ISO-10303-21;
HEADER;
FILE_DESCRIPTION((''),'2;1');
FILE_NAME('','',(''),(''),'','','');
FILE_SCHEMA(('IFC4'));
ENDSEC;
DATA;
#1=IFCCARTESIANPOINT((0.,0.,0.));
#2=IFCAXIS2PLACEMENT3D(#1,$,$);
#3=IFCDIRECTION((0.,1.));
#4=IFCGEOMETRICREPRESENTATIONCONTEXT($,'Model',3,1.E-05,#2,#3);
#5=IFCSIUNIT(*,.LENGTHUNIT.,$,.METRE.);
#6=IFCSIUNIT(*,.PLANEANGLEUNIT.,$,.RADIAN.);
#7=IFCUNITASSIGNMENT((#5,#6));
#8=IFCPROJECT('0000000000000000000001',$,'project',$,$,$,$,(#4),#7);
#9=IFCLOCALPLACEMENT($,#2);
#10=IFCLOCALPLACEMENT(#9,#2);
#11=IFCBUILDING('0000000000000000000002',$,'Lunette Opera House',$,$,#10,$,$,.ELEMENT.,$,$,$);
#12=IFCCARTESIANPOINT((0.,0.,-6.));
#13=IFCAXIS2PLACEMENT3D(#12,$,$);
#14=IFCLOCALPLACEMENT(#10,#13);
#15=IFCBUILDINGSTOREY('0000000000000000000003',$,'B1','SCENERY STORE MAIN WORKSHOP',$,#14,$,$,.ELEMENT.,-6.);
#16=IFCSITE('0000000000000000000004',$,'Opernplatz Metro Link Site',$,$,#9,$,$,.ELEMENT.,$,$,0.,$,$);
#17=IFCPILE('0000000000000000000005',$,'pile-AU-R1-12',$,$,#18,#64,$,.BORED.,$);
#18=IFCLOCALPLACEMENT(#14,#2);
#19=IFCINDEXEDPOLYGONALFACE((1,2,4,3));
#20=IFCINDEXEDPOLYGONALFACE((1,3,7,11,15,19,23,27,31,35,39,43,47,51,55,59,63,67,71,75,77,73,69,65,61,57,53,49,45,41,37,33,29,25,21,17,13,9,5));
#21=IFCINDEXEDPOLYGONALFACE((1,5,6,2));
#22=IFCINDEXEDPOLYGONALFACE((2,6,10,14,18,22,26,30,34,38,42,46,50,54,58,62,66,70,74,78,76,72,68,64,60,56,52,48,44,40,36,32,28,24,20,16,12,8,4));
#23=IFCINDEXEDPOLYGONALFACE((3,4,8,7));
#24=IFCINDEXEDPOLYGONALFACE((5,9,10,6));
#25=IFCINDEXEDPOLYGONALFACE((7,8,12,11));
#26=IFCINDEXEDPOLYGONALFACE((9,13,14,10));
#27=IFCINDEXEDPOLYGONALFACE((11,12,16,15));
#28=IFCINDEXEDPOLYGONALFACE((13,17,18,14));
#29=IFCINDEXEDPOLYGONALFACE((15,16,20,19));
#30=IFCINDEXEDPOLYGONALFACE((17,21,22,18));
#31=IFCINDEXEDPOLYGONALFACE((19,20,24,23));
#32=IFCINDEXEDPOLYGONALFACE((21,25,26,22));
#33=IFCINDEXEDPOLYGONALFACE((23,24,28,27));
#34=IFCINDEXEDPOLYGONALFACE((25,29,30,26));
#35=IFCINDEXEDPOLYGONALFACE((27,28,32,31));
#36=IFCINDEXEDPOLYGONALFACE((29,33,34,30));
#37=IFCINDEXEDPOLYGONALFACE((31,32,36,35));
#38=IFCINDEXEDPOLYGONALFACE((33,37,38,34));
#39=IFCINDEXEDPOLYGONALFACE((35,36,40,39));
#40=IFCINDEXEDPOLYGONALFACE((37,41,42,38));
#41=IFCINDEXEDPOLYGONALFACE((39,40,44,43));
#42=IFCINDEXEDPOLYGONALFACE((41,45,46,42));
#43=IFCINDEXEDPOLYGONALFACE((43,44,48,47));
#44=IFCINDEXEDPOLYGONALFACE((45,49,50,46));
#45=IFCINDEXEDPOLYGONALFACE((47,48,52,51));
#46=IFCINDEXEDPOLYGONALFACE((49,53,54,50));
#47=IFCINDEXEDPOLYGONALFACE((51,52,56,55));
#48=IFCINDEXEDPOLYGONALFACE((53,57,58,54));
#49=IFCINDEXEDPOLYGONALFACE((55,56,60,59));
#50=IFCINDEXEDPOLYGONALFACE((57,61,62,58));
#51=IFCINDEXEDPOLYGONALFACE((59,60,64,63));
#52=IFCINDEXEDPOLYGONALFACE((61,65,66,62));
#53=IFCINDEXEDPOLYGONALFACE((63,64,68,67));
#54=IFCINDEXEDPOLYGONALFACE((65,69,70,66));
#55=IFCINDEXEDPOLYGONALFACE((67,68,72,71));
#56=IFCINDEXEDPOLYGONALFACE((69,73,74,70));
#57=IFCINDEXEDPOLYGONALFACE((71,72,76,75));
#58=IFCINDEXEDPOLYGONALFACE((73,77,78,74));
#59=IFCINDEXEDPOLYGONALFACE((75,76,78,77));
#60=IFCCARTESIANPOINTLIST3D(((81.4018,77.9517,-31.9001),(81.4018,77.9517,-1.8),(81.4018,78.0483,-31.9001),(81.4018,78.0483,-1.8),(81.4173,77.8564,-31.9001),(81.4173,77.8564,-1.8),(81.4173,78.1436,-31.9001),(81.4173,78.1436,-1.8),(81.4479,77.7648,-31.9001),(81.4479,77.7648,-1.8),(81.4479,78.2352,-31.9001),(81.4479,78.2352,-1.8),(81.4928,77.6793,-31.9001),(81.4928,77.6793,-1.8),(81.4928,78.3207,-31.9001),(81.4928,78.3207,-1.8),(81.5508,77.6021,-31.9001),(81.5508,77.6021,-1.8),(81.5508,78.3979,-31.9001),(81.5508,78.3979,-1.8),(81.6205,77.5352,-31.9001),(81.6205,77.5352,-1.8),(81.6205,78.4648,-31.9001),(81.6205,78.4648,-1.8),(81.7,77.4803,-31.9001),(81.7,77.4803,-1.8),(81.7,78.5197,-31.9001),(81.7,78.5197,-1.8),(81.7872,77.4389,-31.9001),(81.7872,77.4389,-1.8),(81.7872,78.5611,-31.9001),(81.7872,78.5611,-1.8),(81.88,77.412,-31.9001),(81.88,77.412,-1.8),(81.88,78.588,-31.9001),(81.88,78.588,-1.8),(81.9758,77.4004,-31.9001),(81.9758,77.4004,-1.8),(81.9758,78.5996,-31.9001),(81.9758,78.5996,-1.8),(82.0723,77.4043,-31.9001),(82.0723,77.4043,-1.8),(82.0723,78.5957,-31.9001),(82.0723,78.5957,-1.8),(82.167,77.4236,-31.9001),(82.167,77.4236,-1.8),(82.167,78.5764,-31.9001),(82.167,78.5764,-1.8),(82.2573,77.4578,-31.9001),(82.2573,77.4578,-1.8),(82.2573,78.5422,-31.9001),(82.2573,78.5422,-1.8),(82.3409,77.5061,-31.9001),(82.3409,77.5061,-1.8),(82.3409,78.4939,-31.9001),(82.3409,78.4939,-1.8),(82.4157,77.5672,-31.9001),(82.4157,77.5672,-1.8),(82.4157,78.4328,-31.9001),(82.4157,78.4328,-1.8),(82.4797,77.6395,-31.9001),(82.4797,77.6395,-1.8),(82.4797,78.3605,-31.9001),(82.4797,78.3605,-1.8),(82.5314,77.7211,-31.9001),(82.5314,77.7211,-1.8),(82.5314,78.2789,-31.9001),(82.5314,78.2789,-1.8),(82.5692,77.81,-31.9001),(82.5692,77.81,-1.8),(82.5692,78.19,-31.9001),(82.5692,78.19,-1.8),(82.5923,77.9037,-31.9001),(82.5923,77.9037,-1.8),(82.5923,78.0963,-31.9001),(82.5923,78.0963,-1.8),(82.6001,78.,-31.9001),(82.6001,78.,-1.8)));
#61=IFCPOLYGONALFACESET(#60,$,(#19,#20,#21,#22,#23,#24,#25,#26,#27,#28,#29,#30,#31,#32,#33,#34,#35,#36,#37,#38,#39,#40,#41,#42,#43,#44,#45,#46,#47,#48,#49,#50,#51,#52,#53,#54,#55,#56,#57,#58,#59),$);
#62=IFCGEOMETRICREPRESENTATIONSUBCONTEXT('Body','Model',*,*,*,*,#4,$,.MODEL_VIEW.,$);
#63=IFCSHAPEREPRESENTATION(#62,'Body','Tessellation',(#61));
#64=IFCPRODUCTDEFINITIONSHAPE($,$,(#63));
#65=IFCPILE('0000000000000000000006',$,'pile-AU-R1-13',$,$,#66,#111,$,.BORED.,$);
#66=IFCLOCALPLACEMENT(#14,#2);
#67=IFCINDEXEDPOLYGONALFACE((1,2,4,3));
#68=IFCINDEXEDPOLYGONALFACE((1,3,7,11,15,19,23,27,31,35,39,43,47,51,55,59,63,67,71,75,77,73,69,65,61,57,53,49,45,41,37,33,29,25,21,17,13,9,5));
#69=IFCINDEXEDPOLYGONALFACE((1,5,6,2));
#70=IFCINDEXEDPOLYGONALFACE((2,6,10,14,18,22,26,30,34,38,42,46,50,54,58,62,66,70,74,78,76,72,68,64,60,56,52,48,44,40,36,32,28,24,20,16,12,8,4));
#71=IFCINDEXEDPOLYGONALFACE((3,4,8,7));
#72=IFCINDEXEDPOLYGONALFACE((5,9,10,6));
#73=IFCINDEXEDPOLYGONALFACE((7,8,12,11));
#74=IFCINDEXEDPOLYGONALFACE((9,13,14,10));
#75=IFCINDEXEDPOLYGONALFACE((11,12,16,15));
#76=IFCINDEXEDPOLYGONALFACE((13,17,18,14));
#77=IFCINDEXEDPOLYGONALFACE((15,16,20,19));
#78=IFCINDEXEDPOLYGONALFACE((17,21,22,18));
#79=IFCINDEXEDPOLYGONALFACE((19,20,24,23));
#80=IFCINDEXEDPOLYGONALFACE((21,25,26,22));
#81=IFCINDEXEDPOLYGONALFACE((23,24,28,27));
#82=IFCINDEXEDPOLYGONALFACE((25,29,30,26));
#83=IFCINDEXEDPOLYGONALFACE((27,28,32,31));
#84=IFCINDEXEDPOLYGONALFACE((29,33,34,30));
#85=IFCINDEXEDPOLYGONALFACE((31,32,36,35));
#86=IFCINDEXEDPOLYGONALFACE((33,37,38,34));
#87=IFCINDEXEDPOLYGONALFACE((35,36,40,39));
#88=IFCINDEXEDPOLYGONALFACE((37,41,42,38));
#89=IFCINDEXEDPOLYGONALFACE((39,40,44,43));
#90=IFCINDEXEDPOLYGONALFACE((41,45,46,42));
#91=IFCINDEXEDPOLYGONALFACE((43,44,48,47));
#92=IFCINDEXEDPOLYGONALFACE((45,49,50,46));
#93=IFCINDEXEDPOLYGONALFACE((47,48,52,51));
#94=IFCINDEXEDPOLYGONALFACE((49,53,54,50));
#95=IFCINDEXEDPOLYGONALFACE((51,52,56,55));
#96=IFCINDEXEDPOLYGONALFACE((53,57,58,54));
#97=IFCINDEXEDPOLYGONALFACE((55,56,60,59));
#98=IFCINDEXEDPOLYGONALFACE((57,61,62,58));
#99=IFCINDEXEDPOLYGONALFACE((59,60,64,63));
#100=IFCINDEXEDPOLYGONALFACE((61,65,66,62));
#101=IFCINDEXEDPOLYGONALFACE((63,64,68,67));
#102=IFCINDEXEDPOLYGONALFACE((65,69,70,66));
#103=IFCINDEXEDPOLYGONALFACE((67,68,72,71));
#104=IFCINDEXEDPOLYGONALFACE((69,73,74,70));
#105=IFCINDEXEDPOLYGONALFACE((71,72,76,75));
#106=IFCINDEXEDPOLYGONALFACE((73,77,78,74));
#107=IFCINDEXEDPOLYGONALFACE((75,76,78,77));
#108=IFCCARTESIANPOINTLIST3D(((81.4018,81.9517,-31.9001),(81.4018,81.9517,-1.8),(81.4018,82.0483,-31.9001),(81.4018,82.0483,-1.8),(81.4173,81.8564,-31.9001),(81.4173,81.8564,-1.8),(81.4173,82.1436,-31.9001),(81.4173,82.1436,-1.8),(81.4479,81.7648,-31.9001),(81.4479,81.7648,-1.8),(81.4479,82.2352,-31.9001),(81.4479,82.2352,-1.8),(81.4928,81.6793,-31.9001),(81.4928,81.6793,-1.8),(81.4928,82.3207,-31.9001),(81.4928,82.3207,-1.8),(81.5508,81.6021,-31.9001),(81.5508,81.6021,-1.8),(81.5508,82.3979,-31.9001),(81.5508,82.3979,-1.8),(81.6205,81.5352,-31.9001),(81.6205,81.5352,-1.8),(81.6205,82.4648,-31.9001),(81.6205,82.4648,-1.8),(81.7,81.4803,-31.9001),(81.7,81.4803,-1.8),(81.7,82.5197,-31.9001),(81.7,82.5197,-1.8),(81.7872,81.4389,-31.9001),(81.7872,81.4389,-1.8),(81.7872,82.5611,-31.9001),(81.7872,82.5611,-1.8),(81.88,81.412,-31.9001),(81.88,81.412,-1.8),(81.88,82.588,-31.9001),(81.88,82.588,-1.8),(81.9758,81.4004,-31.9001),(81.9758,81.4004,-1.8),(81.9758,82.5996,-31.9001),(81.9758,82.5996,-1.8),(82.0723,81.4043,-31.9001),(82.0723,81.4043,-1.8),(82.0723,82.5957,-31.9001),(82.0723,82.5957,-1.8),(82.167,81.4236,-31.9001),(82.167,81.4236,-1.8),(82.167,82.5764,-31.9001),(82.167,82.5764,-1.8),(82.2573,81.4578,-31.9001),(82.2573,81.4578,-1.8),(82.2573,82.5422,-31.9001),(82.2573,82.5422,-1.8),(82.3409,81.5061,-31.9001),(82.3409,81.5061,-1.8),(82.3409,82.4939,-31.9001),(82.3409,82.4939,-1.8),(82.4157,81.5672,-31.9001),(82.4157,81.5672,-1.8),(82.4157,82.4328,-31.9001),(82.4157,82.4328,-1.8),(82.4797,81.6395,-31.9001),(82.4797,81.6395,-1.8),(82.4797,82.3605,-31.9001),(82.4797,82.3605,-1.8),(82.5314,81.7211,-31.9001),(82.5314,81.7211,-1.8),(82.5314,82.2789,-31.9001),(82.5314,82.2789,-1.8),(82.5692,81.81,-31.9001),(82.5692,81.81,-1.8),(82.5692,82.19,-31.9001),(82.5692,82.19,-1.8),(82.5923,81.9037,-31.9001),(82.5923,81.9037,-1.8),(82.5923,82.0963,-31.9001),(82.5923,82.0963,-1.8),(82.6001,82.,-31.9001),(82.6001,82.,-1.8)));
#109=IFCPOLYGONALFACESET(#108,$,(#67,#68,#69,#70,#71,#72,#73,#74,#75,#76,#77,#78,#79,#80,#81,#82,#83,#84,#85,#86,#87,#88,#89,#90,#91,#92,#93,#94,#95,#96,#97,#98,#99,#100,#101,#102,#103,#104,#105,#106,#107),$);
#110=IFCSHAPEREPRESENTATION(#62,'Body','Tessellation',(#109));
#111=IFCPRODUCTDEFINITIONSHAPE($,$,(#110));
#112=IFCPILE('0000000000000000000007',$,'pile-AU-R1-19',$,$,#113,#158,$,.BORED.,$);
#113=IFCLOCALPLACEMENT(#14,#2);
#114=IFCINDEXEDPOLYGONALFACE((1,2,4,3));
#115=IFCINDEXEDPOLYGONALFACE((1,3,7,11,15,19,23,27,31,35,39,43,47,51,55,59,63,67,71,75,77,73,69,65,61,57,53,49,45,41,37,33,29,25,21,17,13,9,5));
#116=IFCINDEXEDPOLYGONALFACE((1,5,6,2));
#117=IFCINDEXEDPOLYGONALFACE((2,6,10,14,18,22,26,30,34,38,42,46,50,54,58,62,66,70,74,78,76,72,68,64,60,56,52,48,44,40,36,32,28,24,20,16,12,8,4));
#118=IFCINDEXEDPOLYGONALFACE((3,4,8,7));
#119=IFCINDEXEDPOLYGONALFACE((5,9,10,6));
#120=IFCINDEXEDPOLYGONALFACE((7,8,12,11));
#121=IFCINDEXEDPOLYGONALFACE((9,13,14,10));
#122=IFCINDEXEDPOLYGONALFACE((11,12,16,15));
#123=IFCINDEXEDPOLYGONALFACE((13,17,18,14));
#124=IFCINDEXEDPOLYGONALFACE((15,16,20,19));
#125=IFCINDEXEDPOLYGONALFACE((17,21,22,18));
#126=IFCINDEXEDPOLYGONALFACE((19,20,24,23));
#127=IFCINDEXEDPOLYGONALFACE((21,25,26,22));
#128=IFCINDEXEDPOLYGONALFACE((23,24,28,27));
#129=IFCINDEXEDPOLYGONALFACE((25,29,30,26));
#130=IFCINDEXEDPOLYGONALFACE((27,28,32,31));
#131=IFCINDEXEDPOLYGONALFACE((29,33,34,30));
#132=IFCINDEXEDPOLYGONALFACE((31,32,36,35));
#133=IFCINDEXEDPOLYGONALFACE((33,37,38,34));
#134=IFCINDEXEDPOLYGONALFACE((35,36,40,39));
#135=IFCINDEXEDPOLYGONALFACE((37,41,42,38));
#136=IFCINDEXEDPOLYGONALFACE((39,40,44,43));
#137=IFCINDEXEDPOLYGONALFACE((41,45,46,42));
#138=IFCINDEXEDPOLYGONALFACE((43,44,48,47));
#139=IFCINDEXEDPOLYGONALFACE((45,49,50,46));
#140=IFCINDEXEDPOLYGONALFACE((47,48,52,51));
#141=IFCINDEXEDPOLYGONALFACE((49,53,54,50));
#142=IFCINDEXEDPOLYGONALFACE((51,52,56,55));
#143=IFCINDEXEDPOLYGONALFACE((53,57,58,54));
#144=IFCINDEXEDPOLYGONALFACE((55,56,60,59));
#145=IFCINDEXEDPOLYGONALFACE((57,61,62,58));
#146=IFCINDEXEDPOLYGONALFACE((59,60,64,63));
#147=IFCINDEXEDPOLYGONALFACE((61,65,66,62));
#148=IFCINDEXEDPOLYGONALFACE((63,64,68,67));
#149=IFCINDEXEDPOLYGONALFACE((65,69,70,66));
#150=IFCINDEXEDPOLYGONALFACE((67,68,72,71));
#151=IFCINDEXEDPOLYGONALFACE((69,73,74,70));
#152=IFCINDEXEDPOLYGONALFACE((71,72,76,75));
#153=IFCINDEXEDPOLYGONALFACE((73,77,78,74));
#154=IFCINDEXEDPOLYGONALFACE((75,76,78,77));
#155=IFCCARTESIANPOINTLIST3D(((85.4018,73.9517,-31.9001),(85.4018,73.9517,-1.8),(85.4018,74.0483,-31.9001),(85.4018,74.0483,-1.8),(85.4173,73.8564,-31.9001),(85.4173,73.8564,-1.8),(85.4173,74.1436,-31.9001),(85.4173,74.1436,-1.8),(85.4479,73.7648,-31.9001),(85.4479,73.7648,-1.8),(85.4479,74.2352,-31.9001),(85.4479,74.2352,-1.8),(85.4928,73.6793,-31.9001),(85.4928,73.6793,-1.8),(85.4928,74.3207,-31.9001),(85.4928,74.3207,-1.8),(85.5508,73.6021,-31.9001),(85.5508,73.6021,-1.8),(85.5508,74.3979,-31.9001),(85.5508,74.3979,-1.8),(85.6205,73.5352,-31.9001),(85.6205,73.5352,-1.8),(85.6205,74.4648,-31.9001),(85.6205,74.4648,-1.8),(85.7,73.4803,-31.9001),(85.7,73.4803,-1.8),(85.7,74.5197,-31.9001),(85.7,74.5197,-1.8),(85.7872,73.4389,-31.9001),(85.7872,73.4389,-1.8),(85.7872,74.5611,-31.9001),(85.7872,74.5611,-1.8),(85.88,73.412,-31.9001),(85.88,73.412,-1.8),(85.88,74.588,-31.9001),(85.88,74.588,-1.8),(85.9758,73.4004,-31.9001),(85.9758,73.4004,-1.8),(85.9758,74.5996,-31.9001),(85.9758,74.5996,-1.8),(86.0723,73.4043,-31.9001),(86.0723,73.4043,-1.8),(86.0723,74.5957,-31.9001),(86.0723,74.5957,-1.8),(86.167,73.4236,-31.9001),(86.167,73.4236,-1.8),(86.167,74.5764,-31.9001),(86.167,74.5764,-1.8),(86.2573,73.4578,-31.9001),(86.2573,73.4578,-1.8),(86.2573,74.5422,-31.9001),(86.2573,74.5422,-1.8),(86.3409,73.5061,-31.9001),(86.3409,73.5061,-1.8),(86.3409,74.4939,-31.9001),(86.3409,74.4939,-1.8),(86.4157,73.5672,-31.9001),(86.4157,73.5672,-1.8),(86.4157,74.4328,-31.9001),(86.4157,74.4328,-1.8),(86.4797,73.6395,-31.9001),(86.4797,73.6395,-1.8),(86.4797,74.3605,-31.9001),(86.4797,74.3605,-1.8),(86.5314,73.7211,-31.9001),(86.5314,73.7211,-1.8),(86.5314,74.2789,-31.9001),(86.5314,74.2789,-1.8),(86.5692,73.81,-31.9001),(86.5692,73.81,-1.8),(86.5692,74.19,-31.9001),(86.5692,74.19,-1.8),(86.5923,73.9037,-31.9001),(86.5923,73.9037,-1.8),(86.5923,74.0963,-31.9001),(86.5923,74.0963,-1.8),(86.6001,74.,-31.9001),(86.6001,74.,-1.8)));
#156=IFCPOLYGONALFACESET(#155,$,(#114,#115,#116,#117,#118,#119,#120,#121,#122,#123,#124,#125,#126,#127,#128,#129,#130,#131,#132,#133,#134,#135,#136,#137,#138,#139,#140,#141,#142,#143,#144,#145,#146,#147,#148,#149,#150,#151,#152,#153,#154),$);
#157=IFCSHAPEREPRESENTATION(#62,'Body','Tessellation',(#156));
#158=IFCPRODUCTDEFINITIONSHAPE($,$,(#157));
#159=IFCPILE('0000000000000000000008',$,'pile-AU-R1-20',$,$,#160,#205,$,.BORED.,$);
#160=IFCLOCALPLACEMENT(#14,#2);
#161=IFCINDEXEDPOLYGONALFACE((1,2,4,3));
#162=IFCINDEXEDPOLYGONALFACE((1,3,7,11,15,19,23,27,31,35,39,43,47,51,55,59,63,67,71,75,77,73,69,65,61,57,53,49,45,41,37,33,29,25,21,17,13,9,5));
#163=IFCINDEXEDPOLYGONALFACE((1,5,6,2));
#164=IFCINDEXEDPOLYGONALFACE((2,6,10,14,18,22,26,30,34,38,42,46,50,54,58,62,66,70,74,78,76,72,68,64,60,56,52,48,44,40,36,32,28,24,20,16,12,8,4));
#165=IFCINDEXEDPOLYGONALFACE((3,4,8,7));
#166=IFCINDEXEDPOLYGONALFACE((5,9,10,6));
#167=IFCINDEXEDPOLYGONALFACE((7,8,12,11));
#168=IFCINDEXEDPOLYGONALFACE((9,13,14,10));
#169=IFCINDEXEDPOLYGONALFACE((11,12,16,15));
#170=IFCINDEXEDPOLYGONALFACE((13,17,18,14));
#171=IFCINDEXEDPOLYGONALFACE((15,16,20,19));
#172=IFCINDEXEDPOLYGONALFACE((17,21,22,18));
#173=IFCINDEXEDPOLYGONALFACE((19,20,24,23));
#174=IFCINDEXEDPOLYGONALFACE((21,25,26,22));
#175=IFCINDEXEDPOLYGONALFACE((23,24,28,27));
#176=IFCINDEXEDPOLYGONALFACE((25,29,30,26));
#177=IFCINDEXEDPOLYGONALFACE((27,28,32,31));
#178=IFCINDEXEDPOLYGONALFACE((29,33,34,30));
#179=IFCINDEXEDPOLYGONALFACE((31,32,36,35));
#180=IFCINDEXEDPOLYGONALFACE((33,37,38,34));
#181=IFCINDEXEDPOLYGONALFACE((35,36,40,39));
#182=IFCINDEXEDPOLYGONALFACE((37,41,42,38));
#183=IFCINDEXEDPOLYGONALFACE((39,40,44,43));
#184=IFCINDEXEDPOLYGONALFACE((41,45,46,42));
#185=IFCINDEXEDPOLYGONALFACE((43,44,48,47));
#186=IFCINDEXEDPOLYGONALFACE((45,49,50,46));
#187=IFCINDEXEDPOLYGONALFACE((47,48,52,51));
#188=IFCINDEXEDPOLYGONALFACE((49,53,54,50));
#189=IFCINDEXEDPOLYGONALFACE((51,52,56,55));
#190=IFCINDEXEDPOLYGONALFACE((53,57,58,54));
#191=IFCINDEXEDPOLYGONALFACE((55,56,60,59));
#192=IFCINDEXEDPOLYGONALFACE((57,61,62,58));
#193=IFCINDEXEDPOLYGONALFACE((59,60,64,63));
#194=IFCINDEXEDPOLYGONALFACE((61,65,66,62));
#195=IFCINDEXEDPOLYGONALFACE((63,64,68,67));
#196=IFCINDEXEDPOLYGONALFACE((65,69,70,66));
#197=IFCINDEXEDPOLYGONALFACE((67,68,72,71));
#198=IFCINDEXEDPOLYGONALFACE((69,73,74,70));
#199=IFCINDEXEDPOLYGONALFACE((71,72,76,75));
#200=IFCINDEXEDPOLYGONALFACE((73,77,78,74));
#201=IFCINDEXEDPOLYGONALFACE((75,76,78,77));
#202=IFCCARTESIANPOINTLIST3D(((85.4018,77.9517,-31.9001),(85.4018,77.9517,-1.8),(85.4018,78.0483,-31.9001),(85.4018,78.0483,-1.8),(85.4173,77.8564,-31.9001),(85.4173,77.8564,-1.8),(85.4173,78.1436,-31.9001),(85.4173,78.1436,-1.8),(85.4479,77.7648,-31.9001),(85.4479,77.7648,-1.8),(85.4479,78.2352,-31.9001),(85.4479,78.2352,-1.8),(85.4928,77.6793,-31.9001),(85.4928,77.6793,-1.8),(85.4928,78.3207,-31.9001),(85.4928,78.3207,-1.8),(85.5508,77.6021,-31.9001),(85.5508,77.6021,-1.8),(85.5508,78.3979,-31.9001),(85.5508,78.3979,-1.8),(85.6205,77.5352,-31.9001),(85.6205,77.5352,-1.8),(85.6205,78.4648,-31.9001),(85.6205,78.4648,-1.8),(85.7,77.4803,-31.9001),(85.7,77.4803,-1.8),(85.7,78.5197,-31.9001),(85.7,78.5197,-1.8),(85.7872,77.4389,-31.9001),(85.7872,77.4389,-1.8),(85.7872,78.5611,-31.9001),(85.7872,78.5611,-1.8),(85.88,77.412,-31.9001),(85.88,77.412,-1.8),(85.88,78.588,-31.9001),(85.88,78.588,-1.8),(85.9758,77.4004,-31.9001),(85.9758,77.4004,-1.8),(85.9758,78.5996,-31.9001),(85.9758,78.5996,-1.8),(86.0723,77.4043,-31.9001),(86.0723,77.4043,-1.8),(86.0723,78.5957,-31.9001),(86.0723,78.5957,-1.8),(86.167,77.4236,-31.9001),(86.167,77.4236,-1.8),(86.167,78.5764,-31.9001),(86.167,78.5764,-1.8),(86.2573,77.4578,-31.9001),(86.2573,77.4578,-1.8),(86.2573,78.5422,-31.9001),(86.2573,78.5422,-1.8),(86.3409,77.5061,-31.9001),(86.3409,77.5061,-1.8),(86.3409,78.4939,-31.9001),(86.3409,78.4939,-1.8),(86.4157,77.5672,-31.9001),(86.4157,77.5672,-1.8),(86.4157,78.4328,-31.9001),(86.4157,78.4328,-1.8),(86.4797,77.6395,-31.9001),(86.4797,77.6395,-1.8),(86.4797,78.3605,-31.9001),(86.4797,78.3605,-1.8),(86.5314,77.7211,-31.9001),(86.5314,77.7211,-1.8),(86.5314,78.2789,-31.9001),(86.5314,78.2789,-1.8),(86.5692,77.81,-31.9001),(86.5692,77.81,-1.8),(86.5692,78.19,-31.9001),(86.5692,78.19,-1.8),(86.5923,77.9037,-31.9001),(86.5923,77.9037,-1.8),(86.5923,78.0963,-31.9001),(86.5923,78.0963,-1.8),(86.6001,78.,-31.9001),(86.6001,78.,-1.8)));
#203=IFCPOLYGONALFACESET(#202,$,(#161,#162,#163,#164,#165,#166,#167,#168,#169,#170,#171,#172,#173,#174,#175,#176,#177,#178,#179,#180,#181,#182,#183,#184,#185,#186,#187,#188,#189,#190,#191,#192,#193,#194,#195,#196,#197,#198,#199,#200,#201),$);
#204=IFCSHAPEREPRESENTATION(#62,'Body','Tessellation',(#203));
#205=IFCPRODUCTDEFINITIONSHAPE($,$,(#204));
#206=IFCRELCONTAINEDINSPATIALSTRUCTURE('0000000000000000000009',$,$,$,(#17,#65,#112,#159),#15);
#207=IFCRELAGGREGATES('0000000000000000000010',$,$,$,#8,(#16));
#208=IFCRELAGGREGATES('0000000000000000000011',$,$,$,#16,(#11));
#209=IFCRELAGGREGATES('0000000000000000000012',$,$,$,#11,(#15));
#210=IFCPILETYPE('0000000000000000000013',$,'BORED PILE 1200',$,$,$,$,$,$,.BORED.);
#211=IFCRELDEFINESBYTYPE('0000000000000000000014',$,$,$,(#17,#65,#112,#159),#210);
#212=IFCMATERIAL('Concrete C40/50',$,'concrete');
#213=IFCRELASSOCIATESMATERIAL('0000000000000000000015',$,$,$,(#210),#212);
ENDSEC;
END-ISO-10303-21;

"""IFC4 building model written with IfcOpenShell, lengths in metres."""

from ifc_helpers import new_model, si_unit, direction, frame, origin, origin_2d, place, context, subcontext, project, spatial, circle, extrude, material, material_profile, profile_set, type_object, element, save


model = new_model("IFC4")

# Units and contexts
model_context = context("Model", 3, precision=1e-05, world=origin(), true_north=direction((0.0, 1.0)))
body_context = subcontext(model_context, "Body", "Model", "MODEL_VIEW")
ifc_project = project(units=[si_unit("LENGTHUNIT", "METRE"), si_unit("PLANEANGLEUNIT", "RADIAN")], contexts=[model_context])

# Site, building, storey
site_placement = place(None, origin())
site = spatial("IfcSite", under=ifc_project, at=site_placement, Name="Opernplatz Metro Link Site", CompositionType="ELEMENT", RefElevation=0.0)
building_placement = place(site_placement, origin())
building = spatial("IfcBuilding", under=site, at=building_placement, Name="Lunette Opera House", CompositionType="ELEMENT")
storey_placement = place(building_placement, frame((0.0, 0.0, -6.0)))
storey = spatial("IfcBuildingStorey", under=building, at=storey_placement, Name="B1", Description="SCENERY STORE MAIN WORKSHOP", CompositionType="ELEMENT", Elevation=-6.0)

# Piles
ifc_material_1 = material(Name="Concrete C40/50", Category="concrete")
ifc_material_profile_1 = material_profile(ifc_material_1, circle(Radius=0.6001, at=origin_2d()), Name="BORED PILE 1200")
ifc_profile_set_1 = profile_set([ifc_material_profile_1], Name="Concrete C40/50")
pile_type = type_object("IfcPileType", Name="BORED PILE 1200", PredefinedType="BORED", material=ifc_profile_set_1)
for number, where, z_axis, x_axis, name in (
    (1, (82.0, 78.0, -1.8), (0.0, 0.0, -1.0), (1.0, 0.0, 0.0), "pile-AU-R1-12"),
    (2, (82.0, 82.0, -1.8), (0.0, 0.0, -1.0), (1.0, 0.0, 0.0), "pile-AU-R1-13"),
    (3, (86.0, 74.0, -1.8), (0.0, 0.0, -1.0), (1.0, 0.0, 0.0), "pile-AU-R1-19"),
    (4, (86.0, 78.0, -1.8), (0.0, 0.0, -1.0), (1.0, 0.0, 0.0), "pile-AU-R1-20"),
):
    element("IfcPile", number, at=place(storey_placement, frame(where, z_axis=z_axis, x_axis=x_axis)), inside=storey, type_object=pile_type, Name=name, PredefinedType="BORED", context=body_context, shape_type="SweptSolid", body=[
        extrude(circle(Radius=0.6001, at=origin_2d()), origin(), (0.0, 0.0, 1.0), 30.1001),
    ])

save(model, "model.ifc")
